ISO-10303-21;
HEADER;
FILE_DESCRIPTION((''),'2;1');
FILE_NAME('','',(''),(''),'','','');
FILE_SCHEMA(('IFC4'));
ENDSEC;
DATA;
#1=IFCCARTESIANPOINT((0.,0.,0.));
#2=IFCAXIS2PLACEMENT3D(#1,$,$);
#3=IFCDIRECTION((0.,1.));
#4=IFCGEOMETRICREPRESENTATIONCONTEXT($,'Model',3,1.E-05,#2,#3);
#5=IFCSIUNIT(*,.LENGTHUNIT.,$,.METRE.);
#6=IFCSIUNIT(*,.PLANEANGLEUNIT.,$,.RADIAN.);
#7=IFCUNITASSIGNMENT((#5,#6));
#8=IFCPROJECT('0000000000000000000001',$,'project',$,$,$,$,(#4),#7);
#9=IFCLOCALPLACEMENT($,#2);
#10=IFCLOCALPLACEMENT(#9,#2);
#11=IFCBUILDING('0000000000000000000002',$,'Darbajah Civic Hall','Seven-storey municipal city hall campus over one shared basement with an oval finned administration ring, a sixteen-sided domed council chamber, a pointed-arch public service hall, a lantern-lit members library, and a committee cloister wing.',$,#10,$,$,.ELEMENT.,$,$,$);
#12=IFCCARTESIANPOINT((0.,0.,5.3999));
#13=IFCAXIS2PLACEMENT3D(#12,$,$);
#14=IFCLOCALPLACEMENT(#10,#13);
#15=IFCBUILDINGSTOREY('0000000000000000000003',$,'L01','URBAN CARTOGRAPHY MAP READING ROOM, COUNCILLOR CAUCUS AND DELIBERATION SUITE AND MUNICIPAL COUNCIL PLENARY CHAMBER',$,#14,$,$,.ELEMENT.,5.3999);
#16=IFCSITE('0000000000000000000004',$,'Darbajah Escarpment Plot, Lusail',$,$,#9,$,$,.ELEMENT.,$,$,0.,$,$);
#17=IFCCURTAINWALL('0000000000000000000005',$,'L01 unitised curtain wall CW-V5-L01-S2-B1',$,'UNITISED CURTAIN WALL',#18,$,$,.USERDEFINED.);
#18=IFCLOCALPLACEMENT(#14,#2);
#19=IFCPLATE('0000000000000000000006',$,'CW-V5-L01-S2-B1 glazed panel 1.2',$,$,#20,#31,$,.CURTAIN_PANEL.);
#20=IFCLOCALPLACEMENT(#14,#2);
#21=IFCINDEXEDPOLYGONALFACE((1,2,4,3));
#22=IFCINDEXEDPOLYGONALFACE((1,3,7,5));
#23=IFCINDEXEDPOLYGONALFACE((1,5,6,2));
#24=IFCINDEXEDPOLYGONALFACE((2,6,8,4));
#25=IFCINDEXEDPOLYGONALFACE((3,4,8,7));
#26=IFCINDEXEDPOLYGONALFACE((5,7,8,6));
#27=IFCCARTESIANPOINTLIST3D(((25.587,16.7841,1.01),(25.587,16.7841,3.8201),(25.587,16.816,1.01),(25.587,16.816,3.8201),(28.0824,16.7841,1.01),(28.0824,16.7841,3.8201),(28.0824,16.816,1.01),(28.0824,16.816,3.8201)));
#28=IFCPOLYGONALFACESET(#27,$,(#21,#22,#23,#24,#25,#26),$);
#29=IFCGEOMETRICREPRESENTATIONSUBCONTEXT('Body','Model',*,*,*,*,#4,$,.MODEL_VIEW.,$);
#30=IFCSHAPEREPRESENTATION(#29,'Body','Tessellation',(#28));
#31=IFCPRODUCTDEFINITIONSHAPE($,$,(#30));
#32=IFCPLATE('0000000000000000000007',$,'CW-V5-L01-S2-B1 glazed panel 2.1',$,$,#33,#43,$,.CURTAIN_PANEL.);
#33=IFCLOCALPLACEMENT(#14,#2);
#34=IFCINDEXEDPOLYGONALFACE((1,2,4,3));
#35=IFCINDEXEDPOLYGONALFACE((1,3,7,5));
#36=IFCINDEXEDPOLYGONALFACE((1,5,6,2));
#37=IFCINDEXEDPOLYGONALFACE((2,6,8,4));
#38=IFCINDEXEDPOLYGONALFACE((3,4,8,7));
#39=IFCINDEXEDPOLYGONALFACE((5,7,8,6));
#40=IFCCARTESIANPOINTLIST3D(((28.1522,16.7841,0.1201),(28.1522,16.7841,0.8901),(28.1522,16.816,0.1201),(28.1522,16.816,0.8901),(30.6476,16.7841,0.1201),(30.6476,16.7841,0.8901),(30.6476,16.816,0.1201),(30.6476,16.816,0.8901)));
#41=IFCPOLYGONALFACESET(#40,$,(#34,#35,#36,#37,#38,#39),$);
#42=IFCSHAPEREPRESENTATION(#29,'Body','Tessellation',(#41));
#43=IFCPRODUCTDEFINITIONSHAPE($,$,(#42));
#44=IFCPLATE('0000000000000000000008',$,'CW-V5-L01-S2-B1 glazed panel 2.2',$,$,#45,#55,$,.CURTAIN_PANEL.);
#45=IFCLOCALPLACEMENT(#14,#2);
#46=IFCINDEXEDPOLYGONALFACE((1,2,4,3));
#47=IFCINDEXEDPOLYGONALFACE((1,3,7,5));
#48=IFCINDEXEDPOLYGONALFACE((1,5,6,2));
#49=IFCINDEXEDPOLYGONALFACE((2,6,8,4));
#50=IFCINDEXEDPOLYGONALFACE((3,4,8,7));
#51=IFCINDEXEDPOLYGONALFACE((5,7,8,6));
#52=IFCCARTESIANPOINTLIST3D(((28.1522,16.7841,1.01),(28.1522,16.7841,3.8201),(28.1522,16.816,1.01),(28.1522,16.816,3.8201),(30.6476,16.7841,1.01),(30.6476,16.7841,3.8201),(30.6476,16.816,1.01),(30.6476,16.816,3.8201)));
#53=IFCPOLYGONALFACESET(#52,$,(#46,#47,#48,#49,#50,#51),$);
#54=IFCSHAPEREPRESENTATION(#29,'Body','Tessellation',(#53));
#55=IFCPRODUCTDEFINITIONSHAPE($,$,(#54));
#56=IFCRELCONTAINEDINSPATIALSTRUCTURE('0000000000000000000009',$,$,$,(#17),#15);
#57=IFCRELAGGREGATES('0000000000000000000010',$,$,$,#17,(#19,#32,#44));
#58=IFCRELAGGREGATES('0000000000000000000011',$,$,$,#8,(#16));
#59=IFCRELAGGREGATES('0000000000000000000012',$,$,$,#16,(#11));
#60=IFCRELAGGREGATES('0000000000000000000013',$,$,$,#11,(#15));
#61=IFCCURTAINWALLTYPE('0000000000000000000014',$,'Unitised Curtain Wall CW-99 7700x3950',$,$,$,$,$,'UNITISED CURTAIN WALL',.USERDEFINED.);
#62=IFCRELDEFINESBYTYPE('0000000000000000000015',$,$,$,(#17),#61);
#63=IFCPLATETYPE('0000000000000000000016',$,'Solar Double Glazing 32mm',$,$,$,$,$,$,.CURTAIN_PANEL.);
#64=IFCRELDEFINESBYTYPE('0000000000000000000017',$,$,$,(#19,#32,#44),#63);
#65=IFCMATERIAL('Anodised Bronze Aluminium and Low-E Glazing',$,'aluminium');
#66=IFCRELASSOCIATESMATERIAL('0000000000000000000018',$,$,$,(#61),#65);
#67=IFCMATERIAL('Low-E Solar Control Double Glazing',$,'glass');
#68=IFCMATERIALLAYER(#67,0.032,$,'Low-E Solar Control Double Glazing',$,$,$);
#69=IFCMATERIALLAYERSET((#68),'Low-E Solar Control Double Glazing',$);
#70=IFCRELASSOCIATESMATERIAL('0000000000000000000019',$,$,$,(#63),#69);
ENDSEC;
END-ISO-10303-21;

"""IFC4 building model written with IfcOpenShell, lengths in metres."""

from ifc_helpers import new_model, si_unit, direction, frame, origin, origin_2d, place, context, subcontext, project, spatial, rectangle, extrude, material, layer, layer_set, type_object, element, aggregate, save


model = new_model("IFC4")

# Units and contexts
model_context = context("Model", 3, precision=1e-05, world=origin(), true_north=direction((0.0, 1.0)))
body_context = subcontext(model_context, "Body", "Model", "MODEL_VIEW")
ifc_project = project(units=[si_unit("LENGTHUNIT", "METRE"), si_unit("PLANEANGLEUNIT", "RADIAN")], contexts=[model_context])

# Site, building, storey
site_placement = place(None, origin())
site = spatial("IfcSite", under=ifc_project, at=site_placement, Name="Darbajah Escarpment Plot, Lusail", CompositionType="ELEMENT", RefElevation=0.0)
building_placement = place(site_placement, origin())
building = spatial("IfcBuilding", under=site, at=building_placement, Name="Darbajah Civic Hall", Description="Seven-storey municipal city hall campus over one shared basement with an oval finned administration ring, a sixteen-sided domed council chamber, a pointed-arch public service hall, a lantern-lit members library, and a committee cloister wing.", CompositionType="ELEMENT")
storey_placement = place(building_placement, frame((0.0, 0.0, 5.3999)))
storey = spatial("IfcBuildingStorey", under=building, at=storey_placement, Name="L01", Description="URBAN CARTOGRAPHY MAP READING ROOM, COUNCILLOR CAUCUS AND DELIBERATION SUITE AND MUNICIPAL COUNCIL PLENARY CHAMBER", CompositionType="ELEMENT", Elevation=5.3999)

# Curtain wall
ifc_material_1 = material(Name="Anodised Bronze Aluminium and Low-E Glazing", Category="aluminium")
curtain_wall_type = type_object("IfcCurtainWallType", Name="Unitised Curtain Wall CW-99 7700x3950", ElementType="UNITISED CURTAIN WALL", PredefinedType="USERDEFINED", material=ifc_material_1)
curtain_wall_1_placement = place(storey_placement, origin())
curtain_wall_1 = element("IfcCurtainWall", 1, at=curtain_wall_1_placement, inside=storey, type_object=curtain_wall_type, Name="L01 unitised curtain wall CW-V5-L01-S2-B1", ObjectType="UNITISED CURTAIN WALL", PredefinedType="USERDEFINED")

# Plates
ifc_material_2 = material(Name="Low-E Solar Control Double Glazing", Category="glass")
ifc_layer = layer(ifc_material_2, 0.032, Name="Low-E Solar Control Double Glazing")
ifc_layer_set = layer_set([ifc_layer], Name="Low-E Solar Control Double Glazing")
plate_type = type_object("IfcPlateType", Name="Solar Double Glazing 32mm", PredefinedType="CURTAIN_PANEL", material=ifc_layer_set)
plate_1_placement = place(storey_placement, frame((26.8347, 16.8, 1.01), z_axis=(0.0, 0.0, 1.0), x_axis=(1.0, 0.0, 0.0)))
plate_1 = element("IfcPlate", 2, at=plate_1_placement, type_object=plate_type, Name="CW-V5-L01-S2-B1 glazed panel 1.2", PredefinedType="CURTAIN_PANEL", context=body_context, shape_type="SweptSolid", body=[
    extrude(rectangle(XDim=2.4954, YDim=0.032, at=origin_2d()), origin(), (0.0, 0.0, 1.0), 2.8101),
])
plate_2_placement = place(storey_placement, frame((29.3999, 16.8, 0.1201), z_axis=(0.0, 0.0, 1.0), x_axis=(1.0, 0.0, 0.0)))
plate_2 = element("IfcPlate", 3, at=plate_2_placement, type_object=plate_type, Name="CW-V5-L01-S2-B1 glazed panel 2.1", PredefinedType="CURTAIN_PANEL", context=body_context, shape_type="SweptSolid", body=[
    extrude(rectangle(XDim=2.4954, YDim=0.032, at=origin_2d()), origin(), (0.0, 0.0, 1.0), 0.77),
])
plate_3_placement = place(storey_placement, frame((29.3999, 16.8, 1.01), z_axis=(0.0, 0.0, 1.0), x_axis=(1.0, 0.0, 0.0)))
plate_3 = element("IfcPlate", 4, at=plate_3_placement, type_object=plate_type, Name="CW-V5-L01-S2-B1 glazed panel 2.2", PredefinedType="CURTAIN_PANEL", context=body_context, shape_type="SweptSolid", body=[
    extrude(rectangle(XDim=2.4954, YDim=0.032, at=origin_2d()), origin(), (0.0, 0.0, 1.0), 2.8101),
])
aggregate(curtain_wall_1, [plate_1, plate_2, plate_3])

save(model, "model.ifc")
